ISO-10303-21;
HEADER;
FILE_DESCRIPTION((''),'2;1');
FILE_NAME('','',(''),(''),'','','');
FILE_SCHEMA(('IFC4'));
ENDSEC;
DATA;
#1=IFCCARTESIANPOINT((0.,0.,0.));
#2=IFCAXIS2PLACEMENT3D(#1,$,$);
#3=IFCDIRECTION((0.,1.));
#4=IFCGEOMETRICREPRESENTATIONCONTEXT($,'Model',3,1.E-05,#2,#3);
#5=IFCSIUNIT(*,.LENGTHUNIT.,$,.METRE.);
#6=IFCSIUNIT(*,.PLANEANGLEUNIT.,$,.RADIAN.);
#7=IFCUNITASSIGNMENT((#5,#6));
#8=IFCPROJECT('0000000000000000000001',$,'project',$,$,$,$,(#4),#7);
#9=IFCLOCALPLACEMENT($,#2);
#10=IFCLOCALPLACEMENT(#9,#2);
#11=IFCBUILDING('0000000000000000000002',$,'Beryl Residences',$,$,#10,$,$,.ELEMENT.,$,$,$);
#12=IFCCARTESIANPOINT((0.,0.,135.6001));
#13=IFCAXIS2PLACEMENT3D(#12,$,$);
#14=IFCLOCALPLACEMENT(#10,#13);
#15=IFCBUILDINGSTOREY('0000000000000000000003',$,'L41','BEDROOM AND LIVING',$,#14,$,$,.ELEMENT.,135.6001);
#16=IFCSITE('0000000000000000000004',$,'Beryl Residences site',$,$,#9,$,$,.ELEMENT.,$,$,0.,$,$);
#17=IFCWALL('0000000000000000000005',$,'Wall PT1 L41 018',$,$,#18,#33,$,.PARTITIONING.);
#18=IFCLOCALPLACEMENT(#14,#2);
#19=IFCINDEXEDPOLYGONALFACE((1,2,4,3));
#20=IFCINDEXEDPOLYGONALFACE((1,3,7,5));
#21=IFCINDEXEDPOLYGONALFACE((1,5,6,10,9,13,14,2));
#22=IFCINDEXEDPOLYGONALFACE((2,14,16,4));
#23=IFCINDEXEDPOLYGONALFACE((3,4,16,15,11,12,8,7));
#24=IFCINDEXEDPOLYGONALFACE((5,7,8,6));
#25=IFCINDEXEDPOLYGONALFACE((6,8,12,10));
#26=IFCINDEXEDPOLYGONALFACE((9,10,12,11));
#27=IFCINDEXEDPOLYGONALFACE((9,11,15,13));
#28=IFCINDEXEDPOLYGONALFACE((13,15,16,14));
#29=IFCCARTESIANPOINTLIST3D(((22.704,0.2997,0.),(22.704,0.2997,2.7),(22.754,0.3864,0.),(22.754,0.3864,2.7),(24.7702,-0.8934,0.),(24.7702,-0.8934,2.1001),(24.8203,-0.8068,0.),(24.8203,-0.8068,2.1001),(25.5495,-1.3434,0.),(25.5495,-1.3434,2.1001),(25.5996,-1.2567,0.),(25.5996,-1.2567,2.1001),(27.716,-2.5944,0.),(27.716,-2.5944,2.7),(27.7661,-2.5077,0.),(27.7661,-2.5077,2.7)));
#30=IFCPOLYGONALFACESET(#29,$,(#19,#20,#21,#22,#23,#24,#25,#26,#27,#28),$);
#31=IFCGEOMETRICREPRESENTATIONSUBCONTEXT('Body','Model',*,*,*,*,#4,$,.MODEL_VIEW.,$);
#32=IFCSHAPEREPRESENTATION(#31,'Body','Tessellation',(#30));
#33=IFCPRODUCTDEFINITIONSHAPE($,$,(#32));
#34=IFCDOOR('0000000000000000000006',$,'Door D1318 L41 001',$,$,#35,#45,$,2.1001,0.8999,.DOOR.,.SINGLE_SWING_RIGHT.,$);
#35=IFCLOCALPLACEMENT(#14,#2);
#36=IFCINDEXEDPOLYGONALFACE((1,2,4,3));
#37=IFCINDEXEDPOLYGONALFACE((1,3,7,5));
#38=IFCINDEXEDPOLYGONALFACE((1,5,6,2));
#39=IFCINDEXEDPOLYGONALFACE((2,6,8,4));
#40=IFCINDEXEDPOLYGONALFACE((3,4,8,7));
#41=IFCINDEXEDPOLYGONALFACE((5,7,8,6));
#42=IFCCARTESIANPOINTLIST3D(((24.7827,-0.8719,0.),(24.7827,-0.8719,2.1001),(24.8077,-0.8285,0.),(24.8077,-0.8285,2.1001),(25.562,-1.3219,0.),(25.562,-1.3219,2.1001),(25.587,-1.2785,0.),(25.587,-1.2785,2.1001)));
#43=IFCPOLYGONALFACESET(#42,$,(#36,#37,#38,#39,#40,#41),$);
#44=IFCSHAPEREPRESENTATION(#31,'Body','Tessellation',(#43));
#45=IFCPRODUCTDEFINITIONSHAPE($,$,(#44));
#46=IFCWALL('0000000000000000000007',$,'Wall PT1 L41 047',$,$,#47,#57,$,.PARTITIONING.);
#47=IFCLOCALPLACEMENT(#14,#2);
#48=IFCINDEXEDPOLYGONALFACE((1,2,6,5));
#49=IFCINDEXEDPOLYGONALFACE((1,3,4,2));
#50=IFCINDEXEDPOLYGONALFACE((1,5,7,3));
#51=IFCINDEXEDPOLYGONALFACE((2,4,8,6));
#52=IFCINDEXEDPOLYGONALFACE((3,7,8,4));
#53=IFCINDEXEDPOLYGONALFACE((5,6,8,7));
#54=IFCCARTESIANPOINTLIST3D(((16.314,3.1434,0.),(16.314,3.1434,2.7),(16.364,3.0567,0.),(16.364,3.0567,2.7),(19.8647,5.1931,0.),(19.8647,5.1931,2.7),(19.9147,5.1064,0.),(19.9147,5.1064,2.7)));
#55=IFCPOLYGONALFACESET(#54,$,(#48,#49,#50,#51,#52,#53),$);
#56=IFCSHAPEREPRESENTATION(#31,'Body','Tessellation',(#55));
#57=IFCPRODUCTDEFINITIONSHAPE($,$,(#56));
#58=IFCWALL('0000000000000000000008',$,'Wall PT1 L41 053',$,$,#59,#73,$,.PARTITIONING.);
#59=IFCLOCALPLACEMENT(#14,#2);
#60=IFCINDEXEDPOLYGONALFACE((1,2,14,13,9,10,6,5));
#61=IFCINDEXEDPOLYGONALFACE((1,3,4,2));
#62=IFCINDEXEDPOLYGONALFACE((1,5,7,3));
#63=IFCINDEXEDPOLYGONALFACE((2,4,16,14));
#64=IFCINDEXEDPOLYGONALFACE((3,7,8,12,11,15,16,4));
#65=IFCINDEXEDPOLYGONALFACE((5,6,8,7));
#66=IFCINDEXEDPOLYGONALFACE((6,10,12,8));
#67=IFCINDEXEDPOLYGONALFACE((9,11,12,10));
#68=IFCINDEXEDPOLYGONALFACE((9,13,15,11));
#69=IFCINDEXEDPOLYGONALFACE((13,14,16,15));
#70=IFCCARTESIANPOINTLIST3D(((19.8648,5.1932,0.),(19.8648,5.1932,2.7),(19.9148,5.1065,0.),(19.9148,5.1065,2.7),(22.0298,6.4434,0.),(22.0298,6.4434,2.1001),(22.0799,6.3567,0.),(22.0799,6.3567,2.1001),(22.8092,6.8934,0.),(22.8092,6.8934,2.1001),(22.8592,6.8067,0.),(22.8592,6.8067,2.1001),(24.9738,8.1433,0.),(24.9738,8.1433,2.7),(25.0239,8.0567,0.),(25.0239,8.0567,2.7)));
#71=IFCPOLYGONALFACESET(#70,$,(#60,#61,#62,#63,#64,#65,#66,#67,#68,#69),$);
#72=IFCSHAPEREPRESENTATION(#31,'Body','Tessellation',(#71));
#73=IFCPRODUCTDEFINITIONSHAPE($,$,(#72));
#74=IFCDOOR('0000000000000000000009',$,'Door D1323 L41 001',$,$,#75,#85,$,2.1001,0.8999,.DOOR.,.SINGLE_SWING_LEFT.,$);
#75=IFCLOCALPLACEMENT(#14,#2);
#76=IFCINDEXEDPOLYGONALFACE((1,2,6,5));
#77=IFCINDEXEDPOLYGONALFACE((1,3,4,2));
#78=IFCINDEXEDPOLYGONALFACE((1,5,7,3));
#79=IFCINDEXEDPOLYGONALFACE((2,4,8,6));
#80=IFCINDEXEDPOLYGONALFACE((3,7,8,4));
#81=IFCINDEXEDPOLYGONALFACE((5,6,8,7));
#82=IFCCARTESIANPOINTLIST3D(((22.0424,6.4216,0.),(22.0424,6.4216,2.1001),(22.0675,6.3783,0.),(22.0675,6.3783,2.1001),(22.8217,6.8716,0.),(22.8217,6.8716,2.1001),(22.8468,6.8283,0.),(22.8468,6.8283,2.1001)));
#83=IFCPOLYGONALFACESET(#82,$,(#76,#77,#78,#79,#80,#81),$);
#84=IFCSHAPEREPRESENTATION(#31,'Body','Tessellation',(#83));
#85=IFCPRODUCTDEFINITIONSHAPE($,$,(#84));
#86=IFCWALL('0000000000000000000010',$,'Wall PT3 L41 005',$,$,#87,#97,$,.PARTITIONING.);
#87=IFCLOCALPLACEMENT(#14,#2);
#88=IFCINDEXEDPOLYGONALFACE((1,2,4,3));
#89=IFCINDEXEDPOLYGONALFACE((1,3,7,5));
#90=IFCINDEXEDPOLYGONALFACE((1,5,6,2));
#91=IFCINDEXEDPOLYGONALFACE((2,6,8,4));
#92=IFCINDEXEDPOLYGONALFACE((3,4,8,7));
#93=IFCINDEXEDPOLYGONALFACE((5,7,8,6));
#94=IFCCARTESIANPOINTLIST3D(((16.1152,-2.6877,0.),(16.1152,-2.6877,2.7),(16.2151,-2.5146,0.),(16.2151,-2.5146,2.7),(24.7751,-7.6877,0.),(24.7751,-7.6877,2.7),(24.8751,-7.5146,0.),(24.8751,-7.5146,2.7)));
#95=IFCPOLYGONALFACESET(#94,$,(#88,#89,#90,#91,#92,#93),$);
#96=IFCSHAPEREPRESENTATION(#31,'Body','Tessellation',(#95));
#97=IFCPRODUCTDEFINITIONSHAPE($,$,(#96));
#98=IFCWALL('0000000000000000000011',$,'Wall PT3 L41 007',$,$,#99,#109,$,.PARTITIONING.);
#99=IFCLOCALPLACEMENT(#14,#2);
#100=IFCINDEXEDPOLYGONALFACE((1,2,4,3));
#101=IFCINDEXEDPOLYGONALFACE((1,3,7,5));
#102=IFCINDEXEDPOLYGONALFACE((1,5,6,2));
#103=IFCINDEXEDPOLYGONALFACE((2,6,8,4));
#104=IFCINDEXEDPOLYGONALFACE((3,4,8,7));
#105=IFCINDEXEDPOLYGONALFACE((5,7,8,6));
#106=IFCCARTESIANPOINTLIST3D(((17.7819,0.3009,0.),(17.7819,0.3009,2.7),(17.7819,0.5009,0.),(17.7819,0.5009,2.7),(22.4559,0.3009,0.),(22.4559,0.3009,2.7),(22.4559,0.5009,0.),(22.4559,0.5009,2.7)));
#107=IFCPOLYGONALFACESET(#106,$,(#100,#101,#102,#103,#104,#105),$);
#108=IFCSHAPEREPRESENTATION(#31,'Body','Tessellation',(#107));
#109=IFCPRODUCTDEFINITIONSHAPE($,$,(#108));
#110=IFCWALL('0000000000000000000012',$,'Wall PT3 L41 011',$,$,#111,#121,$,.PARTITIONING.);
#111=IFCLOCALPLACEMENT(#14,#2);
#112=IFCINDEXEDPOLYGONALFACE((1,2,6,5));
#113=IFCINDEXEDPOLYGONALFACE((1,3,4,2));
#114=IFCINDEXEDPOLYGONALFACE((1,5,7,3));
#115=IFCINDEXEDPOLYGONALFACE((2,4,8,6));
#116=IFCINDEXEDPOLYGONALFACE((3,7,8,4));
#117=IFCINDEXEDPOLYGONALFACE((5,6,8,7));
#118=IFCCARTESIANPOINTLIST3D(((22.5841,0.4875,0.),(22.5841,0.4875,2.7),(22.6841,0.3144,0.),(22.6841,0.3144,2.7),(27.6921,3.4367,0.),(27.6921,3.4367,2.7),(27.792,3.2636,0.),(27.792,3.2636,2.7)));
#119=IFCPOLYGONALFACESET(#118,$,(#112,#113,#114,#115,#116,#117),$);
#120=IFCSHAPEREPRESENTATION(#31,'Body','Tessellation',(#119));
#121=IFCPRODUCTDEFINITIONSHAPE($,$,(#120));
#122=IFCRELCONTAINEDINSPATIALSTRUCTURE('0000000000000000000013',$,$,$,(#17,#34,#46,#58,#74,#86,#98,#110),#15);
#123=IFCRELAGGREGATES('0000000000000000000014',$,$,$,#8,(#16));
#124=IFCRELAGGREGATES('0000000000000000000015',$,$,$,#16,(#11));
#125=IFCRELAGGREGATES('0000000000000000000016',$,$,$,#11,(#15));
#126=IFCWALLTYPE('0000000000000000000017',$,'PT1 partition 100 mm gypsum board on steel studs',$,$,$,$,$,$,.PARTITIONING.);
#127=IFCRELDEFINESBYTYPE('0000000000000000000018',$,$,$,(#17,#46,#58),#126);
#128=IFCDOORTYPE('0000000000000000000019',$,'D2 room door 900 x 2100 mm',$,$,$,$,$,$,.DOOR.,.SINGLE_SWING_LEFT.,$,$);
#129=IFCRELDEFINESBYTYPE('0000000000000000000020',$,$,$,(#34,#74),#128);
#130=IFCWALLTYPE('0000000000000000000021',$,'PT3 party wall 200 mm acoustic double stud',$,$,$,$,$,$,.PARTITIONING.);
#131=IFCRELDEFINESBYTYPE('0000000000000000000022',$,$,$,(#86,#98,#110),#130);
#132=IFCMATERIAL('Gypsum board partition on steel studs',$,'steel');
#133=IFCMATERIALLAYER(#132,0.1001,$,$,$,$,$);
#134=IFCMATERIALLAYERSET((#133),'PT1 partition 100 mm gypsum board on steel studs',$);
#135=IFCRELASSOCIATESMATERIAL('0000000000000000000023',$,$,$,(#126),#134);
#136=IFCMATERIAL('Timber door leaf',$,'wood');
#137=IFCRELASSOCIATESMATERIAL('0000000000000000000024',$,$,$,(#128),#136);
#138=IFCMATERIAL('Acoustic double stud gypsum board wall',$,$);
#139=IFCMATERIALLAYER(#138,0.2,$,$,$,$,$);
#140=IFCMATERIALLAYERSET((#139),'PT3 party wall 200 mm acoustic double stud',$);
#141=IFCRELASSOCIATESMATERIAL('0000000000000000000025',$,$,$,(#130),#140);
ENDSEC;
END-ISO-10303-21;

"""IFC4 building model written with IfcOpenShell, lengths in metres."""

from ifc_helpers import new_model, si_unit, direction, frame, frame_2d, origin, place, context, subcontext, project, spatial, rectangle, extrude, material, layer, layer_set, type_object, element, fill, save


model = new_model("IFC4")

# Units and contexts
model_context = context("Model", 3, precision=1e-05, world=origin(), true_north=direction((0.0, 1.0)))
body_context = subcontext(model_context, "Body", "Model", "MODEL_VIEW")
ifc_project = project(units=[si_unit("LENGTHUNIT", "METRE"), si_unit("PLANEANGLEUNIT", "RADIAN")], contexts=[model_context])

# Site, building, storey
site_placement = place(None, origin())
site = spatial("IfcSite", under=ifc_project, at=site_placement, Name="Beryl Residences site", CompositionType="ELEMENT", RefElevation=0.0)
building_placement = place(site_placement, origin())
building = spatial("IfcBuilding", under=site, at=building_placement, Name="Beryl Residences", CompositionType="ELEMENT")
storey_placement = place(building_placement, frame((0.0, 0.0, 135.6001)))
storey = spatial("IfcBuildingStorey", under=building, at=storey_placement, Name="L41", Description="BEDROOM AND LIVING", CompositionType="ELEMENT", Elevation=135.6001)

# Wall, opening, door
ifc_material_1 = material(Name="Gypsum board partition on steel studs", Category="steel")
ifc_layer_1 = layer(ifc_material_1, 0.1001)
ifc_layer_set_1 = layer_set([ifc_layer_1], Name="PT1 partition 100 mm gypsum board on steel studs")
wall_type_1 = type_object("IfcWallType", Name="PT1 partition 100 mm gypsum board on steel studs", PredefinedType="PARTITIONING", material=ifc_layer_set_1)
ifc_material_2 = material(Name="Timber door leaf", Category="wood")
door_type_1 = type_object("IfcDoorType", Name="D2 room door 900 x 2100 mm", OperationType="SINGLE_SWING_LEFT", PredefinedType="DOOR", material=ifc_material_2)
wall_1_placement = place(storey_placement, frame((22.729, 0.343, 0.0), z_axis=(0.0, 0.0, 1.0), x_axis=(0.865997, -0.50005, 0.0)))
wall_1 = element("IfcWall", 1, at=wall_1_placement, inside=storey, type_object=wall_type_1, Name="Wall PT1 L41 018", PredefinedType="PARTITIONING", context=body_context, shape_type="SweptSolid", body=[
    extrude(rectangle(XDim=5.7876, YDim=0.1001, at=frame_2d((2.8938, 0.0))), origin(), (0.0, 0.0, 1.0), 2.7),
])
opening_1_placement = place(wall_1_placement, frame((2.386, 0.0, 0.0)))
opening_1 = element("IfcOpeningElement", 2, at=opening_1_placement, cuts=wall_1, PredefinedType="OPENING", context=body_context, shape_type="SweptSolid", body=[
    extrude(rectangle(XDim=0.8999, YDim=2.1001, at=frame_2d((0.45, 1.05))), frame((0.0, 0.0601, 0.0), z_axis=(0.0, -1.0, 0.0), x_axis=(1.0, 0.0, 0.0)), (0.0, 0.0, 1.0), 0.1201),
])
door_1_placement = place(opening_1_placement, origin())
door_1 = element("IfcDoor", 3, at=door_1_placement, inside=storey, type_object=door_type_1, Name="Door D1318 L41 001", OperationType="SINGLE_SWING_RIGHT", OverallHeight=2.1001, OverallWidth=0.8999, PredefinedType="DOOR", context=body_context, shape_type="SweptSolid", body=[
    extrude(rectangle(XDim=0.8999, YDim=2.1001, at=frame_2d((0.45, 1.05))), frame((0.0, 0.0249, 0.0), z_axis=(0.0, -1.0, 0.0), x_axis=(1.0, 0.0, 0.0)), (0.0, 0.0, 1.0), 0.05),
])
fill(opening_1, door_1)

# Wall
wall_2_placement = place(storey_placement, frame((16.3391, 3.1001, 0.0), z_axis=(0.0, 0.0, 1.0), x_axis=(0.866051, 0.499956, 0.0)))
element("IfcWall", 4, at=wall_2_placement, inside=storey, type_object=wall_type_1, Name="Wall PT1 L41 047", PredefinedType="PARTITIONING", context=body_context, shape_type="SweptSolid", body=[
    extrude(rectangle(XDim=4.0999, YDim=0.1001, at=frame_2d((2.0498, 0.0))), origin(), (0.0, 0.0, 1.0), 2.7),
])

# Wall, opening, door
wall_3_placement = place(storey_placement, frame((19.8899, 5.1499, 0.0), z_axis=(0.0, 0.0, 1.0), x_axis=(0.865993, 0.500056, 0.0)))
wall_3 = element("IfcWall", 5, at=wall_3_placement, inside=storey, type_object=wall_type_1, Name="Wall PT1 L41 053", PredefinedType="PARTITIONING", context=body_context, shape_type="SweptSolid", body=[
    extrude(rectangle(XDim=5.8997, YDim=0.1001, at=frame_2d((2.9497, 0.0))), origin(), (0.0, 0.0, 1.0), 2.7),
])
opening_2_placement = place(wall_3_placement, frame((2.5, 0.0, 0.0)))
opening_2 = element("IfcOpeningElement", 6, at=opening_2_placement, cuts=wall_3, PredefinedType="OPENING", context=body_context, shape_type="SweptSolid", body=[
    extrude(rectangle(XDim=0.8999, YDim=2.1001, at=frame_2d((0.45, 1.05))), frame((0.0, 0.0601, 0.0), z_axis=(0.0, -1.0, 0.0), x_axis=(1.0, 0.0, 0.0)), (0.0, 0.0, 1.0), 0.1201),
])
door_2_placement = place(opening_2_placement, origin())
door_2 = element("IfcDoor", 7, at=door_2_placement, inside=storey, type_object=door_type_1, Name="Door D1323 L41 001", OperationType="SINGLE_SWING_LEFT", OverallHeight=2.1001, OverallWidth=0.8999, PredefinedType="DOOR", context=body_context, shape_type="SweptSolid", body=[
    extrude(rectangle(XDim=0.8999, YDim=2.1001, at=frame_2d((0.45, 1.05))), frame((0.0, 0.0249, 0.0), z_axis=(0.0, -1.0, 0.0), x_axis=(1.0, 0.0, 0.0)), (0.0, 0.0, 1.0), 0.05),
])
fill(opening_2, door_2)

# Walls
ifc_material_3 = material(Name="Acoustic double stud gypsum board wall")
ifc_layer_2 = layer(ifc_material_3, 0.2)
ifc_layer_set_2 = layer_set([ifc_layer_2], Name="PT3 party wall 200 mm acoustic double stud")
wall_type_2 = type_object("IfcWallType", Name="PT3 party wall 200 mm acoustic double stud", PredefinedType="PARTITIONING", material=ifc_layer_set_2)
wall_4_placement = place(storey_placement, frame((16.165, -2.6011, 0.0), z_axis=(0.0, 0.0, 1.0), x_axis=(0.866017, -0.500015, 0.0)))
element("IfcWall", 8, at=wall_4_placement, inside=storey, type_object=wall_type_2, Name="Wall PT3 L41 005", PredefinedType="PARTITIONING", context=body_context, shape_type="SweptSolid", body=[
    extrude(rectangle(XDim=9.9998, YDim=0.2, at=frame_2d((5.0, 0.0))), origin(), (0.0, 0.0, 1.0), 2.7),
])
wall_5_placement = place(storey_placement, frame((17.782, 0.4009, 0.0), z_axis=(0.0, 0.0, 1.0), x_axis=(1.0, 0.0, 0.0)))
element("IfcWall", 9, at=wall_5_placement, inside=storey, type_object=wall_type_2, Name="Wall PT3 L41 007", PredefinedType="PARTITIONING", context=body_context, shape_type="SweptSolid", body=[
    extrude(rectangle(XDim=4.6741, YDim=0.2, at=frame_2d((2.3369, 0.0))), origin(), (0.0, 0.0, 1.0), 2.7),
])
wall_6_placement = place(storey_placement, frame((22.634, 0.4009, 0.0), z_axis=(0.0, 0.0, 1.0), x_axis=(0.866013, 0.500021, 0.0)))
element("IfcWall", 10, at=wall_6_placement, inside=storey, type_object=wall_type_2, Name="Wall PT3 L41 011", PredefinedType="PARTITIONING", context=body_context, shape_type="SweptSolid", body=[
    extrude(rectangle(XDim=5.8982, YDim=0.2, at=frame_2d((2.9492, 0.0))), origin(), (0.0, 0.0, 1.0), 2.7),
])

save(model, "model.ifc")
